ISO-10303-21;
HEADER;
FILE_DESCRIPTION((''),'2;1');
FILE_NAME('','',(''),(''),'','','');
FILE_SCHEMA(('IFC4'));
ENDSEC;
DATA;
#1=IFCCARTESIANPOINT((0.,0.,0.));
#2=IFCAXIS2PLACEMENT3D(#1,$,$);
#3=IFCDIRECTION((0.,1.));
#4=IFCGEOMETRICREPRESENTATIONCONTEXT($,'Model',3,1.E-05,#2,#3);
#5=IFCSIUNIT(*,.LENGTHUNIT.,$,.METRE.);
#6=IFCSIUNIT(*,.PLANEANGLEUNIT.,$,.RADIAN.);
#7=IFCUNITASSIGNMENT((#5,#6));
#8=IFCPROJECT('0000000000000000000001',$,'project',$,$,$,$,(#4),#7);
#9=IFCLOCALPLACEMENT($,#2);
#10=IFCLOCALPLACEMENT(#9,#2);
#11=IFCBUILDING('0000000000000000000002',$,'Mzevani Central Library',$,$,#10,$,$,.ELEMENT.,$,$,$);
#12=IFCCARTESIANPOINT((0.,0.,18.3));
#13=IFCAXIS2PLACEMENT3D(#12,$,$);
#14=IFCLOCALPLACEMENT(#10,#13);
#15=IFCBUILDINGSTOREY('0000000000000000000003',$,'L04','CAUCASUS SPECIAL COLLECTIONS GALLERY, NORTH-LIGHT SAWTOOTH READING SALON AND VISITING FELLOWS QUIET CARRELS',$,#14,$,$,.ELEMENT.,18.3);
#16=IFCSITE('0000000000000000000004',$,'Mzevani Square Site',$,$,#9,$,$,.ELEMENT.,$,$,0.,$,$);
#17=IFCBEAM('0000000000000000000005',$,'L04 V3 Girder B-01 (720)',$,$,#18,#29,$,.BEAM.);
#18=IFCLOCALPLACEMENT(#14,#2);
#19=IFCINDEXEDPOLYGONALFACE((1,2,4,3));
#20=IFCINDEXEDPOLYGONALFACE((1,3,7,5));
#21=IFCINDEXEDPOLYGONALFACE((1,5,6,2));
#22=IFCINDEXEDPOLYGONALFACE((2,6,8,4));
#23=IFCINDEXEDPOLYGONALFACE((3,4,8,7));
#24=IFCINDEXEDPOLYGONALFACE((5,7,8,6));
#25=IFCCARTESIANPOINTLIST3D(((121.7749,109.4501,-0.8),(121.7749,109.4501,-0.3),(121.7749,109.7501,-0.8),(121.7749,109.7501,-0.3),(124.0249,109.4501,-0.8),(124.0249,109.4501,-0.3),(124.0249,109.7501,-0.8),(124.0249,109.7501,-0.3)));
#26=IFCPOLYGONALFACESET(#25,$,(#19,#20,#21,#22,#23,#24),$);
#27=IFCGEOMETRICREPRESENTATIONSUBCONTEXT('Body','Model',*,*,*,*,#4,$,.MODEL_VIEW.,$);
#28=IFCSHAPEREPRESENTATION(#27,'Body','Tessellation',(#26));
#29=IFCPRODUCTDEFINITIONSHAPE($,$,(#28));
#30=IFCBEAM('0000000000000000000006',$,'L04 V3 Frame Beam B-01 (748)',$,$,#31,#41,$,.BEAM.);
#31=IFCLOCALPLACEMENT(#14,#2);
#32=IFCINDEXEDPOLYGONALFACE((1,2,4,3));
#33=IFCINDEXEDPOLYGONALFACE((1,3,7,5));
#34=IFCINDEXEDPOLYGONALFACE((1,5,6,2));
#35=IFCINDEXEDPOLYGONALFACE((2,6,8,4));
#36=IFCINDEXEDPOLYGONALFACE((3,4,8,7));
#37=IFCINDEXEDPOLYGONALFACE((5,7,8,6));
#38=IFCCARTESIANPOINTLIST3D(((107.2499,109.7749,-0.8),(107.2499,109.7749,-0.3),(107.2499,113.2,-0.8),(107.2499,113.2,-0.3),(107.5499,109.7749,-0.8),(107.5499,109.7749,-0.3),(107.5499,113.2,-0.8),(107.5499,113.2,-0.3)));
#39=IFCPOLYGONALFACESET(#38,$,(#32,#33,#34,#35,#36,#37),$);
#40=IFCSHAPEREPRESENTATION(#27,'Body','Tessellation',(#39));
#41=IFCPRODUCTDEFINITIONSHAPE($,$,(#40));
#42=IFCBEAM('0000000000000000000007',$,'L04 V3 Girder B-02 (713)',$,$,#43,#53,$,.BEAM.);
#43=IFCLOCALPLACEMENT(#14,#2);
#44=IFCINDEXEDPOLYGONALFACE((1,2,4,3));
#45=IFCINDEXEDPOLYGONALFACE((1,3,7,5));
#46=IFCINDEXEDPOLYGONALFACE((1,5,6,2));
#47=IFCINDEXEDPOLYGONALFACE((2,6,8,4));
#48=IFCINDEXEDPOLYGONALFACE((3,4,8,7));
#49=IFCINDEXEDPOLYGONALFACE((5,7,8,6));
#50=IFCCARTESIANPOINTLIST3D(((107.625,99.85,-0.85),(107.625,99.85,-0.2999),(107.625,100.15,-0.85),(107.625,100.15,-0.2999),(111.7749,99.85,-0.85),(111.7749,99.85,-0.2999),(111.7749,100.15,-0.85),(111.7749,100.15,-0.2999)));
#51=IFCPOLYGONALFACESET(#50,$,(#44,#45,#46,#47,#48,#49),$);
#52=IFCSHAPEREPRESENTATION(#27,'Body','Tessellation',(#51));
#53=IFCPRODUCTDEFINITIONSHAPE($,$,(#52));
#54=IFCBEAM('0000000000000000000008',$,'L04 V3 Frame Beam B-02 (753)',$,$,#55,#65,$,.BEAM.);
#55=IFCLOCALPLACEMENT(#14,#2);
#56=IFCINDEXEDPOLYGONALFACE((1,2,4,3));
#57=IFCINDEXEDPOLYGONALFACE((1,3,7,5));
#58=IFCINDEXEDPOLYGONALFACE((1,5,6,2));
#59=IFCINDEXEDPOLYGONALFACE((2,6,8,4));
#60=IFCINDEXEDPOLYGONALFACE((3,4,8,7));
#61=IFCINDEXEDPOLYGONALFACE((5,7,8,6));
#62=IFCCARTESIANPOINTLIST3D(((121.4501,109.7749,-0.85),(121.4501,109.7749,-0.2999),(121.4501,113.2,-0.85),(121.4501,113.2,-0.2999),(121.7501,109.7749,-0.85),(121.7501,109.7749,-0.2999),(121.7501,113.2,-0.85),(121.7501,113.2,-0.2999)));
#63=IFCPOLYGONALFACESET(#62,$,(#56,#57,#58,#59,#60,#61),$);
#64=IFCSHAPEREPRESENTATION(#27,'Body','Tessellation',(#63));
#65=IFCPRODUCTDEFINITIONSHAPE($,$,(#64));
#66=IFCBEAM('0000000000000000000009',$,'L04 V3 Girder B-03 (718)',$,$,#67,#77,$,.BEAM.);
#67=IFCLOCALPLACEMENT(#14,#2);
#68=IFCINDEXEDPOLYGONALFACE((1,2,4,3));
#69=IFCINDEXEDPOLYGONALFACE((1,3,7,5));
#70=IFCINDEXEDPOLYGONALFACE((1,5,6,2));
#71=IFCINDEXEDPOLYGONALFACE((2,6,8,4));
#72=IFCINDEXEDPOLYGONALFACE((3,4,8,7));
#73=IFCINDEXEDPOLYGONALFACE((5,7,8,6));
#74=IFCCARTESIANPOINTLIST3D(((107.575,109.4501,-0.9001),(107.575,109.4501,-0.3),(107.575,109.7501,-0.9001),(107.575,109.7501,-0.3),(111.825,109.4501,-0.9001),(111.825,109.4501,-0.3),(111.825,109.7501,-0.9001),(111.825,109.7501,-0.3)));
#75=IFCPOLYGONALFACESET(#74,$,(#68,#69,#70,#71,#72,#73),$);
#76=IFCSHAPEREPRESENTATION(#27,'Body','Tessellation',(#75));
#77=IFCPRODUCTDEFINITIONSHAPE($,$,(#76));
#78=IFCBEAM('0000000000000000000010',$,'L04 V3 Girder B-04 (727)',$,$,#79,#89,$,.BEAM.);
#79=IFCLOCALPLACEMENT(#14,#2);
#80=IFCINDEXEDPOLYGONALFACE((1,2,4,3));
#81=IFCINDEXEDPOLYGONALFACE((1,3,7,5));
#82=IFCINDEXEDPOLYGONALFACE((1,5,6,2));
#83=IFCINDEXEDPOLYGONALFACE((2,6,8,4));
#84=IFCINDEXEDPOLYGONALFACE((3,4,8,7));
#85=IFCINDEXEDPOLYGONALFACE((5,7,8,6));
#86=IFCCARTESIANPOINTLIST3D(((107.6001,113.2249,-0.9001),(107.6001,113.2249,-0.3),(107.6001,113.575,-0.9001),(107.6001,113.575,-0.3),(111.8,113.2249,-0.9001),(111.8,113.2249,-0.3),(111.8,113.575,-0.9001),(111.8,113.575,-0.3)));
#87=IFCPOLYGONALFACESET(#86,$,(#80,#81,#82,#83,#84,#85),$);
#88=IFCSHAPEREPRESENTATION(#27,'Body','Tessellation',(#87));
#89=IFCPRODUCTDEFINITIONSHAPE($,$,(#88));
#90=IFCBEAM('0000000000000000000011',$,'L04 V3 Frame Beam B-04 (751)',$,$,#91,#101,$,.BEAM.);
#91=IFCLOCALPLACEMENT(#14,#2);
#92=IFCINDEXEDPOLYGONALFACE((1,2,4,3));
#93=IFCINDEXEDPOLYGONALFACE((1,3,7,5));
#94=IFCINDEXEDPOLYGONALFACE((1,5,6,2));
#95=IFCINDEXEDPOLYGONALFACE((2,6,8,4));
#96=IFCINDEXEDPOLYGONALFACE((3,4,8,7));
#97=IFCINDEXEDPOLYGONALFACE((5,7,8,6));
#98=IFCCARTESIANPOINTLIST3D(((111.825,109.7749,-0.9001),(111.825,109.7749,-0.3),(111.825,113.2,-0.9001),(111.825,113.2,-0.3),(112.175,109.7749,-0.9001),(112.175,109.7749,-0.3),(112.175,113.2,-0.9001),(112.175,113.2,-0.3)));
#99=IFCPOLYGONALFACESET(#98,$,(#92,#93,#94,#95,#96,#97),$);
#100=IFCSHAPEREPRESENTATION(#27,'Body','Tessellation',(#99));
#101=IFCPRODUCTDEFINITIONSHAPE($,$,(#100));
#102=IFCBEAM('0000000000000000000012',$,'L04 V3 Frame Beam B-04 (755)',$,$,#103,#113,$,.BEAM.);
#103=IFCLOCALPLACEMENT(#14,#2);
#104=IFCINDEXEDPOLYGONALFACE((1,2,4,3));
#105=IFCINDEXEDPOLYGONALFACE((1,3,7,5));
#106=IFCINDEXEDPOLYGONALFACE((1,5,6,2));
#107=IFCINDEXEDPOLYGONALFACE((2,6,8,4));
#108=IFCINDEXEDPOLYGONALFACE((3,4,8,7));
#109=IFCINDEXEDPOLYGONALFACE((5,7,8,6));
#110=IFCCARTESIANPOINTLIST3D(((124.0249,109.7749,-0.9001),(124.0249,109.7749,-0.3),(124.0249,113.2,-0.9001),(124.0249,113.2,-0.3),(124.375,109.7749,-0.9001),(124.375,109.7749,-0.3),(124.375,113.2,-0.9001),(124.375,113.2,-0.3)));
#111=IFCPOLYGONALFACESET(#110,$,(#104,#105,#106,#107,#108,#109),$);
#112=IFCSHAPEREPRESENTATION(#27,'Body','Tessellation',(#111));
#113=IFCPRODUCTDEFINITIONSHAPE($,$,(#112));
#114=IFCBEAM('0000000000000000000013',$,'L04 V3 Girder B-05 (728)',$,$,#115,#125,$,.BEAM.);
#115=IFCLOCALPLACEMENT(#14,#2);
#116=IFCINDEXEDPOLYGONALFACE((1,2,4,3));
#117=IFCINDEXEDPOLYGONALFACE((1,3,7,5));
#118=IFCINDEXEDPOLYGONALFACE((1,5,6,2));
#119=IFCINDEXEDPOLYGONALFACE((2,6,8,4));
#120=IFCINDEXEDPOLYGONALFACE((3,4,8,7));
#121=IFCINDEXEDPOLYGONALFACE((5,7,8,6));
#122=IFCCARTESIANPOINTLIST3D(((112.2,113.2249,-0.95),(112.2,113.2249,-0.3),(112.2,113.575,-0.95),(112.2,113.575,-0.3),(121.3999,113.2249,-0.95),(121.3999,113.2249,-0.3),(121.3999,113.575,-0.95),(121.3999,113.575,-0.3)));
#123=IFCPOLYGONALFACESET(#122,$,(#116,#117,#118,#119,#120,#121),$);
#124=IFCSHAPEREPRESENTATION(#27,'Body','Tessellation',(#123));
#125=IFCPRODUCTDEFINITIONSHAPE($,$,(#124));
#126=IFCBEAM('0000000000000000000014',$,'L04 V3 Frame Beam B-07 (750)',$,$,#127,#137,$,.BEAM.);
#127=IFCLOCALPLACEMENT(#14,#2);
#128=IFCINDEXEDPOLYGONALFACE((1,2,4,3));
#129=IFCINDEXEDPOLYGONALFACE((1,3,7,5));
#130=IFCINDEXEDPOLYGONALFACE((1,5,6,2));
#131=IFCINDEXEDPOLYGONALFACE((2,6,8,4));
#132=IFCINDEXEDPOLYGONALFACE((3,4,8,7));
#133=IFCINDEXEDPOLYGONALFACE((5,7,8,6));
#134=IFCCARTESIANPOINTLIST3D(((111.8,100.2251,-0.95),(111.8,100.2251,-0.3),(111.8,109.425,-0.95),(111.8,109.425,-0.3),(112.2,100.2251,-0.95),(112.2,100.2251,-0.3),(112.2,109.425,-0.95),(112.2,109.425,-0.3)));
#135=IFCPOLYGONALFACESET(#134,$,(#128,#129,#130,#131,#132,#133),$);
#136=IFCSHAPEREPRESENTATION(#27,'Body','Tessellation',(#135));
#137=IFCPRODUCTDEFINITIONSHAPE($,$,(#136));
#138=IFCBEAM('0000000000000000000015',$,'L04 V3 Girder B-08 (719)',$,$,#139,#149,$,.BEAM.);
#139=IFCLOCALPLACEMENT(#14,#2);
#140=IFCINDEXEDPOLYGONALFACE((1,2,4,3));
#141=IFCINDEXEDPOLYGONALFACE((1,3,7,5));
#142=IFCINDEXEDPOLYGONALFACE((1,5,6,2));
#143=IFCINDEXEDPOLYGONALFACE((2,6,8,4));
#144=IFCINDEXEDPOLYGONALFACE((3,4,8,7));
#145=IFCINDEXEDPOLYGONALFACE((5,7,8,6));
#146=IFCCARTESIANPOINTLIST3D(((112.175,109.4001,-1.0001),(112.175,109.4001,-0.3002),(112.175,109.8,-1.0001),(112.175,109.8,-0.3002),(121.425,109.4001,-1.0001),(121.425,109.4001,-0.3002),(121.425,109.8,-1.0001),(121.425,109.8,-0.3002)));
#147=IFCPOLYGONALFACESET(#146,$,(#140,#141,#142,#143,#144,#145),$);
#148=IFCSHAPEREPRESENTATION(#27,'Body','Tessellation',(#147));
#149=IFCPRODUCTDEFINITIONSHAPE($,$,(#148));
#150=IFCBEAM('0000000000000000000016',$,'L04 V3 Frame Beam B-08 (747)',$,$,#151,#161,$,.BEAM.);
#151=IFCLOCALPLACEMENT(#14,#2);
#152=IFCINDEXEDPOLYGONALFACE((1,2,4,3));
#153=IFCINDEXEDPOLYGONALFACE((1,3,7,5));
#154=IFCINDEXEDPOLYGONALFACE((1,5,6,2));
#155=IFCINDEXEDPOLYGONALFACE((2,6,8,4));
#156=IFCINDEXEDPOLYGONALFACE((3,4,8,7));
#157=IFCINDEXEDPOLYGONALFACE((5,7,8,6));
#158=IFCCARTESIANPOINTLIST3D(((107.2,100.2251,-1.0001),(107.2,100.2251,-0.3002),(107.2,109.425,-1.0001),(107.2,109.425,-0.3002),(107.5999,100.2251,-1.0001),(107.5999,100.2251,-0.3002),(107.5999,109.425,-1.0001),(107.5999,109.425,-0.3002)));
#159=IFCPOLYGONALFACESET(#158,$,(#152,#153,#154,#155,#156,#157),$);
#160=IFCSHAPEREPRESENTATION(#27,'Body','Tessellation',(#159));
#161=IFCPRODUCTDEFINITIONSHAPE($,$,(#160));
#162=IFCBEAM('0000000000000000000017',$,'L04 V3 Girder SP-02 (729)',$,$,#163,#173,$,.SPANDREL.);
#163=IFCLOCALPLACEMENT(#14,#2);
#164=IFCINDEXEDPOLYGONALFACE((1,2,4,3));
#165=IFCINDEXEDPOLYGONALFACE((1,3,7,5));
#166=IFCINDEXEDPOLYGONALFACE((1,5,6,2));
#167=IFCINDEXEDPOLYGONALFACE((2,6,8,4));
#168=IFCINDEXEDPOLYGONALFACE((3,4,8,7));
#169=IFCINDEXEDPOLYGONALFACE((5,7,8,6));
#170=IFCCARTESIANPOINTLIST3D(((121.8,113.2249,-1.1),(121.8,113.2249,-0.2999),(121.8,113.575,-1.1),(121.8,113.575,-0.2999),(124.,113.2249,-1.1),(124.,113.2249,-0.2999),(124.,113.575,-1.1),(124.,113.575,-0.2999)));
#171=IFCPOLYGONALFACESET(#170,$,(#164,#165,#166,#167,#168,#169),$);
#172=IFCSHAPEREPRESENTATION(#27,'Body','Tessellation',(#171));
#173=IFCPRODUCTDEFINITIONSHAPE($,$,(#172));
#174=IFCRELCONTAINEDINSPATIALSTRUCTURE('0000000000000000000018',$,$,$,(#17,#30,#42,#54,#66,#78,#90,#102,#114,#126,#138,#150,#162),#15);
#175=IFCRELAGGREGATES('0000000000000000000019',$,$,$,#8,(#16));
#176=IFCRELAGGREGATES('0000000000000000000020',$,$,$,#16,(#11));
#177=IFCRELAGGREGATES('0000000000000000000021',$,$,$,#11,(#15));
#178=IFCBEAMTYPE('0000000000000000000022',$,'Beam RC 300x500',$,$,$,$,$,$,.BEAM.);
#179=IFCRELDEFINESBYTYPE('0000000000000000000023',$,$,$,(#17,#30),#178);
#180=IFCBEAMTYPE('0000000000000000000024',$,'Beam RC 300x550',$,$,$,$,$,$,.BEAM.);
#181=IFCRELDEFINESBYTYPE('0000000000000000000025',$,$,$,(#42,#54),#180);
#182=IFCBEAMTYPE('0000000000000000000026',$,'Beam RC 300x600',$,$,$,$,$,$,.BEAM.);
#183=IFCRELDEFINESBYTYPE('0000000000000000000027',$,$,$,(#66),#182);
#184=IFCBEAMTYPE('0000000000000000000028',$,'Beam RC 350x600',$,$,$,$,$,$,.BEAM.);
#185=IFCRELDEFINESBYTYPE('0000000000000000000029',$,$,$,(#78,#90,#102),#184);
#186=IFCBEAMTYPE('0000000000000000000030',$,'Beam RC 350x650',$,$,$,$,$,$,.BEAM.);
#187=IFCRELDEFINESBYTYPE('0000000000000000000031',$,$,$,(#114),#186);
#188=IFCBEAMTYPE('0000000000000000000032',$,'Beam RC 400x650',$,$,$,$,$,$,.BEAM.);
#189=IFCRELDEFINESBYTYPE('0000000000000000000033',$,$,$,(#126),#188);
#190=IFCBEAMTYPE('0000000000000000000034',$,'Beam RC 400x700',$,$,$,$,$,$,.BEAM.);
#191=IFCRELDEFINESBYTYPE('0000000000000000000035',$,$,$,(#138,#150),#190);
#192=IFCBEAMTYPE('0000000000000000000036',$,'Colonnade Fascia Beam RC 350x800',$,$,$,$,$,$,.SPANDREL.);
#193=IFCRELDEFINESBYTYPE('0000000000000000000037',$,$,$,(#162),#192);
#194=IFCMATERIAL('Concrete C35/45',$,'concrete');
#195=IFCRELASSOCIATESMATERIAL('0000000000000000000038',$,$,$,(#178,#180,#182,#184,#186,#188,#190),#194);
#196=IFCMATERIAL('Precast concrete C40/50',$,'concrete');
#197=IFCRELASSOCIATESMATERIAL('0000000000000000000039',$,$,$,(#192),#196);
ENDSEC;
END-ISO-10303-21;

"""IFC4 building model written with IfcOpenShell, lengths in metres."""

from ifc_helpers import new_model, si_unit, direction, frame, origin, origin_2d, place, context, subcontext, project, spatial, rectangle, extrude, material, material_profile, profile_set, type_object, element, save


model = new_model("IFC4")

# Units and contexts
model_context = context("Model", 3, precision=1e-05, world=origin(), true_north=direction((0.0, 1.0)))
body_context = subcontext(model_context, "Body", "Model", "MODEL_VIEW")
ifc_project = project(units=[si_unit("LENGTHUNIT", "METRE"), si_unit("PLANEANGLEUNIT", "RADIAN")], contexts=[model_context])

# Site, building, storey
site_placement = place(None, origin())
site = spatial("IfcSite", under=ifc_project, at=site_placement, Name="Mzevani Square Site", CompositionType="ELEMENT", RefElevation=0.0)
building_placement = place(site_placement, origin())
building = spatial("IfcBuilding", under=site, at=building_placement, Name="Mzevani Central Library", CompositionType="ELEMENT")
storey_placement = place(building_placement, frame((0.0, 0.0, 18.3)))
storey = spatial("IfcBuildingStorey", under=building, at=storey_placement, Name="L04", Description="CAUCASUS SPECIAL COLLECTIONS GALLERY, NORTH-LIGHT SAWTOOTH READING SALON AND VISITING FELLOWS QUIET CARRELS", CompositionType="ELEMENT", Elevation=18.3)

# Beams
ifc_material_1 = material(Name="Concrete C35/45", Category="concrete")
ifc_material_profile_1 = material_profile(ifc_material_1, rectangle(XDim=0.3, YDim=0.5, at=origin_2d()), Name="RC B300x500")
ifc_profile_set_1 = profile_set([ifc_material_profile_1], Name="Concrete C35/45")
beam_type_1 = type_object("IfcBeamType", Name="Beam RC 300x500", PredefinedType="BEAM", material=ifc_profile_set_1)
beam_1_placement = place(storey_placement, frame((121.7749, 109.6001, -0.55), z_axis=(1.0, 0.0, 0.0), x_axis=(0.0, 1.0, 0.0)))
element("IfcBeam", 1, at=beam_1_placement, inside=storey, type_object=beam_type_1, Name="L04 V3 Girder B-01 (720)", PredefinedType="BEAM", context=body_context, shape_type="SweptSolid", body=[
    extrude(rectangle(XDim=0.3, YDim=0.5, at=origin_2d()), origin(), (0.0, 0.0, 1.0), 2.25),
])
beam_2_placement = place(storey_placement, frame((107.3999, 109.7749, -0.55), z_axis=(0.0, 1.0, 0.0), x_axis=(-1.0, 0.0, 0.0)))
element("IfcBeam", 2, at=beam_2_placement, inside=storey, type_object=beam_type_1, Name="L04 V3 Frame Beam B-01 (748)", PredefinedType="BEAM", context=body_context, shape_type="SweptSolid", body=[
    extrude(rectangle(XDim=0.3, YDim=0.5, at=origin_2d()), origin(), (0.0, 0.0, 1.0), 3.425),
])
ifc_material_profile_2 = material_profile(ifc_material_1, rectangle(XDim=0.3, YDim=0.55, at=origin_2d()), Name="RC B300x550")
ifc_profile_set_2 = profile_set([ifc_material_profile_2], Name="Concrete C35/45")
beam_type_2 = type_object("IfcBeamType", Name="Beam RC 300x550", PredefinedType="BEAM", material=ifc_profile_set_2)
beam_3_placement = place(storey_placement, frame((107.625, 100.0, -0.575), z_axis=(1.0, 0.0, 0.0), x_axis=(0.0, 1.0, 0.0)))
element("IfcBeam", 3, at=beam_3_placement, inside=storey, type_object=beam_type_2, Name="L04 V3 Girder B-02 (713)", PredefinedType="BEAM", context=body_context, shape_type="SweptSolid", body=[
    extrude(rectangle(XDim=0.3, YDim=0.55, at=origin_2d()), origin(), (0.0, 0.0, 1.0), 4.1499),
])
beam_4_placement = place(storey_placement, frame((121.6001, 109.7749, -0.575), z_axis=(0.0, 1.0, 0.0), x_axis=(-1.0, 0.0, 0.0)))
element("IfcBeam", 4, at=beam_4_placement, inside=storey, type_object=beam_type_2, Name="L04 V3 Frame Beam B-02 (753)", PredefinedType="BEAM", context=body_context, shape_type="SweptSolid", body=[
    extrude(rectangle(XDim=0.3, YDim=0.55, at=origin_2d()), origin(), (0.0, 0.0, 1.0), 3.425),
])
ifc_material_profile_3 = material_profile(ifc_material_1, rectangle(XDim=0.3, YDim=0.6001, at=origin_2d()), Name="RC B300x600")
ifc_profile_set_3 = profile_set([ifc_material_profile_3], Name="Concrete C35/45")
beam_type_3 = type_object("IfcBeamType", Name="Beam RC 300x600", PredefinedType="BEAM", material=ifc_profile_set_3)
beam_5_placement = place(storey_placement, frame((107.575, 109.6001, -0.6001), z_axis=(1.0, 0.0, 0.0), x_axis=(0.0, 1.0, 0.0)))
element("IfcBeam", 5, at=beam_5_placement, inside=storey, type_object=beam_type_3, Name="L04 V3 Girder B-03 (718)", PredefinedType="BEAM", context=body_context, shape_type="SweptSolid", body=[
    extrude(rectangle(XDim=0.3, YDim=0.6001, at=origin_2d()), origin(), (0.0, 0.0, 1.0), 4.25),
])
ifc_material_profile_4 = material_profile(ifc_material_1, rectangle(XDim=0.3501, YDim=0.6001, at=origin_2d()), Name="RC B350x600")
ifc_profile_set_4 = profile_set([ifc_material_profile_4], Name="Concrete C35/45")
beam_type_4 = type_object("IfcBeamType", Name="Beam RC 350x600", PredefinedType="BEAM", material=ifc_profile_set_4)
beam_6_placement = place(storey_placement, frame((107.6001, 113.3999, -0.6001), z_axis=(1.0, 0.0, 0.0), x_axis=(0.0, 1.0, 0.0)))
element("IfcBeam", 6, at=beam_6_placement, inside=storey, type_object=beam_type_4, Name="L04 V3 Girder B-04 (727)", PredefinedType="BEAM", context=body_context, shape_type="SweptSolid", body=[
    extrude(rectangle(XDim=0.3501, YDim=0.6001, at=origin_2d()), origin(), (0.0, 0.0, 1.0), 4.2),
])
for number, where, z_axis, x_axis, name in (
    (7, (112.0, 109.7749, -0.6001), (0.0, 1.0, 0.0), (-1.0, 0.0, 0.0), "L04 V3 Frame Beam B-04 (751)"),
    (8, (124.2, 109.7749, -0.6001), (0.0, 1.0, 0.0), (-1.0, 0.0, 0.0), "L04 V3 Frame Beam B-04 (755)"),
):
    element("IfcBeam", number, at=place(storey_placement, frame(where, z_axis=z_axis, x_axis=x_axis)), inside=storey, type_object=beam_type_4, Name=name, PredefinedType="BEAM", context=body_context, shape_type="SweptSolid", body=[
        extrude(rectangle(XDim=0.3501, YDim=0.6001, at=origin_2d()), origin(), (0.0, 0.0, 1.0), 3.425),
    ])
ifc_material_profile_5 = material_profile(ifc_material_1, rectangle(XDim=0.3501, YDim=0.6499, at=origin_2d()), Name="RC B350x650")
ifc_profile_set_5 = profile_set([ifc_material_profile_5], Name="Concrete C35/45")
beam_type_5 = type_object("IfcBeamType", Name="Beam RC 350x650", PredefinedType="BEAM", material=ifc_profile_set_5)
beam_7_placement = place(storey_placement, frame((112.2, 113.3999, -0.625), z_axis=(1.0, 0.0, 0.0), x_axis=(0.0, 1.0, 0.0)))
element("IfcBeam", 9, at=beam_7_placement, inside=storey, type_object=beam_type_5, Name="L04 V3 Girder B-05 (728)", PredefinedType="BEAM", context=body_context, shape_type="SweptSolid", body=[
    extrude(rectangle(XDim=0.3501, YDim=0.6499, at=origin_2d()), origin(), (0.0, 0.0, 1.0), 9.2),
])
ifc_material_profile_6 = material_profile(ifc_material_1, rectangle(XDim=0.3999, YDim=0.6499, at=origin_2d()), Name="RC B400x650")
ifc_profile_set_6 = profile_set([ifc_material_profile_6], Name="Concrete C35/45")
beam_type_6 = type_object("IfcBeamType", Name="Beam RC 400x650", PredefinedType="BEAM", material=ifc_profile_set_6)
beam_8_placement = place(storey_placement, frame((112.0, 100.2251, -0.625), z_axis=(0.0, 1.0, 0.0), x_axis=(-1.0, 0.0, 0.0)))
element("IfcBeam", 10, at=beam_8_placement, inside=storey, type_object=beam_type_6, Name="L04 V3 Frame Beam B-07 (750)", PredefinedType="BEAM", context=body_context, shape_type="SweptSolid", body=[
    extrude(rectangle(XDim=0.3999, YDim=0.6499, at=origin_2d()), origin(), (0.0, 0.0, 1.0), 9.2),
])
ifc_material_profile_7 = material_profile(ifc_material_1, rectangle(XDim=0.3999, YDim=0.7, at=origin_2d()), Name="RC B400x700")
ifc_profile_set_7 = profile_set([ifc_material_profile_7], Name="Concrete C35/45")
beam_type_7 = type_object("IfcBeamType", Name="Beam RC 400x700", PredefinedType="BEAM", material=ifc_profile_set_7)
beam_9_placement = place(storey_placement, frame((112.175, 109.6001, -0.6501), z_axis=(1.0, 0.0, 0.0), x_axis=(0.0, 1.0, 0.0)))
element("IfcBeam", 11, at=beam_9_placement, inside=storey, type_object=beam_type_7, Name="L04 V3 Girder B-08 (719)", PredefinedType="BEAM", context=body_context, shape_type="SweptSolid", body=[
    extrude(rectangle(XDim=0.3999, YDim=0.7, at=origin_2d()), origin(), (0.0, 0.0, 1.0), 9.25),
])
beam_10_placement = place(storey_placement, frame((107.3999, 100.2251, -0.6501), z_axis=(0.0, 1.0, 0.0), x_axis=(-1.0, 0.0, 0.0)))
element("IfcBeam", 12, at=beam_10_placement, inside=storey, type_object=beam_type_7, Name="L04 V3 Frame Beam B-08 (747)", PredefinedType="BEAM", context=body_context, shape_type="SweptSolid", body=[
    extrude(rectangle(XDim=0.3999, YDim=0.7, at=origin_2d()), origin(), (0.0, 0.0, 1.0), 9.2),
])
ifc_material_2 = material(Name="Precast concrete C40/50", Category="concrete")
ifc_material_profile_8 = material_profile(ifc_material_2, rectangle(XDim=0.3501, YDim=0.8, at=origin_2d()), Name="RC SP350x800")
ifc_profile_set_8 = profile_set([ifc_material_profile_8], Name="Precast concrete C40/50")
beam_type_8 = type_object("IfcBeamType", Name="Colonnade Fascia Beam RC 350x800", PredefinedType="SPANDREL", material=ifc_profile_set_8)
beam_11_placement = place(storey_placement, frame((121.8, 113.3999, -0.7), z_axis=(1.0, 0.0, 0.0), x_axis=(0.0, 1.0, 0.0)))
element("IfcBeam", 13, at=beam_11_placement, inside=storey, type_object=beam_type_8, Name="L04 V3 Girder SP-02 (729)", PredefinedType="SPANDREL", context=body_context, shape_type="SweptSolid", body=[
    extrude(rectangle(XDim=0.3501, YDim=0.8, at=origin_2d()), origin(), (0.0, 0.0, 1.0), 2.2),
])

save(model, "model.ifc")
